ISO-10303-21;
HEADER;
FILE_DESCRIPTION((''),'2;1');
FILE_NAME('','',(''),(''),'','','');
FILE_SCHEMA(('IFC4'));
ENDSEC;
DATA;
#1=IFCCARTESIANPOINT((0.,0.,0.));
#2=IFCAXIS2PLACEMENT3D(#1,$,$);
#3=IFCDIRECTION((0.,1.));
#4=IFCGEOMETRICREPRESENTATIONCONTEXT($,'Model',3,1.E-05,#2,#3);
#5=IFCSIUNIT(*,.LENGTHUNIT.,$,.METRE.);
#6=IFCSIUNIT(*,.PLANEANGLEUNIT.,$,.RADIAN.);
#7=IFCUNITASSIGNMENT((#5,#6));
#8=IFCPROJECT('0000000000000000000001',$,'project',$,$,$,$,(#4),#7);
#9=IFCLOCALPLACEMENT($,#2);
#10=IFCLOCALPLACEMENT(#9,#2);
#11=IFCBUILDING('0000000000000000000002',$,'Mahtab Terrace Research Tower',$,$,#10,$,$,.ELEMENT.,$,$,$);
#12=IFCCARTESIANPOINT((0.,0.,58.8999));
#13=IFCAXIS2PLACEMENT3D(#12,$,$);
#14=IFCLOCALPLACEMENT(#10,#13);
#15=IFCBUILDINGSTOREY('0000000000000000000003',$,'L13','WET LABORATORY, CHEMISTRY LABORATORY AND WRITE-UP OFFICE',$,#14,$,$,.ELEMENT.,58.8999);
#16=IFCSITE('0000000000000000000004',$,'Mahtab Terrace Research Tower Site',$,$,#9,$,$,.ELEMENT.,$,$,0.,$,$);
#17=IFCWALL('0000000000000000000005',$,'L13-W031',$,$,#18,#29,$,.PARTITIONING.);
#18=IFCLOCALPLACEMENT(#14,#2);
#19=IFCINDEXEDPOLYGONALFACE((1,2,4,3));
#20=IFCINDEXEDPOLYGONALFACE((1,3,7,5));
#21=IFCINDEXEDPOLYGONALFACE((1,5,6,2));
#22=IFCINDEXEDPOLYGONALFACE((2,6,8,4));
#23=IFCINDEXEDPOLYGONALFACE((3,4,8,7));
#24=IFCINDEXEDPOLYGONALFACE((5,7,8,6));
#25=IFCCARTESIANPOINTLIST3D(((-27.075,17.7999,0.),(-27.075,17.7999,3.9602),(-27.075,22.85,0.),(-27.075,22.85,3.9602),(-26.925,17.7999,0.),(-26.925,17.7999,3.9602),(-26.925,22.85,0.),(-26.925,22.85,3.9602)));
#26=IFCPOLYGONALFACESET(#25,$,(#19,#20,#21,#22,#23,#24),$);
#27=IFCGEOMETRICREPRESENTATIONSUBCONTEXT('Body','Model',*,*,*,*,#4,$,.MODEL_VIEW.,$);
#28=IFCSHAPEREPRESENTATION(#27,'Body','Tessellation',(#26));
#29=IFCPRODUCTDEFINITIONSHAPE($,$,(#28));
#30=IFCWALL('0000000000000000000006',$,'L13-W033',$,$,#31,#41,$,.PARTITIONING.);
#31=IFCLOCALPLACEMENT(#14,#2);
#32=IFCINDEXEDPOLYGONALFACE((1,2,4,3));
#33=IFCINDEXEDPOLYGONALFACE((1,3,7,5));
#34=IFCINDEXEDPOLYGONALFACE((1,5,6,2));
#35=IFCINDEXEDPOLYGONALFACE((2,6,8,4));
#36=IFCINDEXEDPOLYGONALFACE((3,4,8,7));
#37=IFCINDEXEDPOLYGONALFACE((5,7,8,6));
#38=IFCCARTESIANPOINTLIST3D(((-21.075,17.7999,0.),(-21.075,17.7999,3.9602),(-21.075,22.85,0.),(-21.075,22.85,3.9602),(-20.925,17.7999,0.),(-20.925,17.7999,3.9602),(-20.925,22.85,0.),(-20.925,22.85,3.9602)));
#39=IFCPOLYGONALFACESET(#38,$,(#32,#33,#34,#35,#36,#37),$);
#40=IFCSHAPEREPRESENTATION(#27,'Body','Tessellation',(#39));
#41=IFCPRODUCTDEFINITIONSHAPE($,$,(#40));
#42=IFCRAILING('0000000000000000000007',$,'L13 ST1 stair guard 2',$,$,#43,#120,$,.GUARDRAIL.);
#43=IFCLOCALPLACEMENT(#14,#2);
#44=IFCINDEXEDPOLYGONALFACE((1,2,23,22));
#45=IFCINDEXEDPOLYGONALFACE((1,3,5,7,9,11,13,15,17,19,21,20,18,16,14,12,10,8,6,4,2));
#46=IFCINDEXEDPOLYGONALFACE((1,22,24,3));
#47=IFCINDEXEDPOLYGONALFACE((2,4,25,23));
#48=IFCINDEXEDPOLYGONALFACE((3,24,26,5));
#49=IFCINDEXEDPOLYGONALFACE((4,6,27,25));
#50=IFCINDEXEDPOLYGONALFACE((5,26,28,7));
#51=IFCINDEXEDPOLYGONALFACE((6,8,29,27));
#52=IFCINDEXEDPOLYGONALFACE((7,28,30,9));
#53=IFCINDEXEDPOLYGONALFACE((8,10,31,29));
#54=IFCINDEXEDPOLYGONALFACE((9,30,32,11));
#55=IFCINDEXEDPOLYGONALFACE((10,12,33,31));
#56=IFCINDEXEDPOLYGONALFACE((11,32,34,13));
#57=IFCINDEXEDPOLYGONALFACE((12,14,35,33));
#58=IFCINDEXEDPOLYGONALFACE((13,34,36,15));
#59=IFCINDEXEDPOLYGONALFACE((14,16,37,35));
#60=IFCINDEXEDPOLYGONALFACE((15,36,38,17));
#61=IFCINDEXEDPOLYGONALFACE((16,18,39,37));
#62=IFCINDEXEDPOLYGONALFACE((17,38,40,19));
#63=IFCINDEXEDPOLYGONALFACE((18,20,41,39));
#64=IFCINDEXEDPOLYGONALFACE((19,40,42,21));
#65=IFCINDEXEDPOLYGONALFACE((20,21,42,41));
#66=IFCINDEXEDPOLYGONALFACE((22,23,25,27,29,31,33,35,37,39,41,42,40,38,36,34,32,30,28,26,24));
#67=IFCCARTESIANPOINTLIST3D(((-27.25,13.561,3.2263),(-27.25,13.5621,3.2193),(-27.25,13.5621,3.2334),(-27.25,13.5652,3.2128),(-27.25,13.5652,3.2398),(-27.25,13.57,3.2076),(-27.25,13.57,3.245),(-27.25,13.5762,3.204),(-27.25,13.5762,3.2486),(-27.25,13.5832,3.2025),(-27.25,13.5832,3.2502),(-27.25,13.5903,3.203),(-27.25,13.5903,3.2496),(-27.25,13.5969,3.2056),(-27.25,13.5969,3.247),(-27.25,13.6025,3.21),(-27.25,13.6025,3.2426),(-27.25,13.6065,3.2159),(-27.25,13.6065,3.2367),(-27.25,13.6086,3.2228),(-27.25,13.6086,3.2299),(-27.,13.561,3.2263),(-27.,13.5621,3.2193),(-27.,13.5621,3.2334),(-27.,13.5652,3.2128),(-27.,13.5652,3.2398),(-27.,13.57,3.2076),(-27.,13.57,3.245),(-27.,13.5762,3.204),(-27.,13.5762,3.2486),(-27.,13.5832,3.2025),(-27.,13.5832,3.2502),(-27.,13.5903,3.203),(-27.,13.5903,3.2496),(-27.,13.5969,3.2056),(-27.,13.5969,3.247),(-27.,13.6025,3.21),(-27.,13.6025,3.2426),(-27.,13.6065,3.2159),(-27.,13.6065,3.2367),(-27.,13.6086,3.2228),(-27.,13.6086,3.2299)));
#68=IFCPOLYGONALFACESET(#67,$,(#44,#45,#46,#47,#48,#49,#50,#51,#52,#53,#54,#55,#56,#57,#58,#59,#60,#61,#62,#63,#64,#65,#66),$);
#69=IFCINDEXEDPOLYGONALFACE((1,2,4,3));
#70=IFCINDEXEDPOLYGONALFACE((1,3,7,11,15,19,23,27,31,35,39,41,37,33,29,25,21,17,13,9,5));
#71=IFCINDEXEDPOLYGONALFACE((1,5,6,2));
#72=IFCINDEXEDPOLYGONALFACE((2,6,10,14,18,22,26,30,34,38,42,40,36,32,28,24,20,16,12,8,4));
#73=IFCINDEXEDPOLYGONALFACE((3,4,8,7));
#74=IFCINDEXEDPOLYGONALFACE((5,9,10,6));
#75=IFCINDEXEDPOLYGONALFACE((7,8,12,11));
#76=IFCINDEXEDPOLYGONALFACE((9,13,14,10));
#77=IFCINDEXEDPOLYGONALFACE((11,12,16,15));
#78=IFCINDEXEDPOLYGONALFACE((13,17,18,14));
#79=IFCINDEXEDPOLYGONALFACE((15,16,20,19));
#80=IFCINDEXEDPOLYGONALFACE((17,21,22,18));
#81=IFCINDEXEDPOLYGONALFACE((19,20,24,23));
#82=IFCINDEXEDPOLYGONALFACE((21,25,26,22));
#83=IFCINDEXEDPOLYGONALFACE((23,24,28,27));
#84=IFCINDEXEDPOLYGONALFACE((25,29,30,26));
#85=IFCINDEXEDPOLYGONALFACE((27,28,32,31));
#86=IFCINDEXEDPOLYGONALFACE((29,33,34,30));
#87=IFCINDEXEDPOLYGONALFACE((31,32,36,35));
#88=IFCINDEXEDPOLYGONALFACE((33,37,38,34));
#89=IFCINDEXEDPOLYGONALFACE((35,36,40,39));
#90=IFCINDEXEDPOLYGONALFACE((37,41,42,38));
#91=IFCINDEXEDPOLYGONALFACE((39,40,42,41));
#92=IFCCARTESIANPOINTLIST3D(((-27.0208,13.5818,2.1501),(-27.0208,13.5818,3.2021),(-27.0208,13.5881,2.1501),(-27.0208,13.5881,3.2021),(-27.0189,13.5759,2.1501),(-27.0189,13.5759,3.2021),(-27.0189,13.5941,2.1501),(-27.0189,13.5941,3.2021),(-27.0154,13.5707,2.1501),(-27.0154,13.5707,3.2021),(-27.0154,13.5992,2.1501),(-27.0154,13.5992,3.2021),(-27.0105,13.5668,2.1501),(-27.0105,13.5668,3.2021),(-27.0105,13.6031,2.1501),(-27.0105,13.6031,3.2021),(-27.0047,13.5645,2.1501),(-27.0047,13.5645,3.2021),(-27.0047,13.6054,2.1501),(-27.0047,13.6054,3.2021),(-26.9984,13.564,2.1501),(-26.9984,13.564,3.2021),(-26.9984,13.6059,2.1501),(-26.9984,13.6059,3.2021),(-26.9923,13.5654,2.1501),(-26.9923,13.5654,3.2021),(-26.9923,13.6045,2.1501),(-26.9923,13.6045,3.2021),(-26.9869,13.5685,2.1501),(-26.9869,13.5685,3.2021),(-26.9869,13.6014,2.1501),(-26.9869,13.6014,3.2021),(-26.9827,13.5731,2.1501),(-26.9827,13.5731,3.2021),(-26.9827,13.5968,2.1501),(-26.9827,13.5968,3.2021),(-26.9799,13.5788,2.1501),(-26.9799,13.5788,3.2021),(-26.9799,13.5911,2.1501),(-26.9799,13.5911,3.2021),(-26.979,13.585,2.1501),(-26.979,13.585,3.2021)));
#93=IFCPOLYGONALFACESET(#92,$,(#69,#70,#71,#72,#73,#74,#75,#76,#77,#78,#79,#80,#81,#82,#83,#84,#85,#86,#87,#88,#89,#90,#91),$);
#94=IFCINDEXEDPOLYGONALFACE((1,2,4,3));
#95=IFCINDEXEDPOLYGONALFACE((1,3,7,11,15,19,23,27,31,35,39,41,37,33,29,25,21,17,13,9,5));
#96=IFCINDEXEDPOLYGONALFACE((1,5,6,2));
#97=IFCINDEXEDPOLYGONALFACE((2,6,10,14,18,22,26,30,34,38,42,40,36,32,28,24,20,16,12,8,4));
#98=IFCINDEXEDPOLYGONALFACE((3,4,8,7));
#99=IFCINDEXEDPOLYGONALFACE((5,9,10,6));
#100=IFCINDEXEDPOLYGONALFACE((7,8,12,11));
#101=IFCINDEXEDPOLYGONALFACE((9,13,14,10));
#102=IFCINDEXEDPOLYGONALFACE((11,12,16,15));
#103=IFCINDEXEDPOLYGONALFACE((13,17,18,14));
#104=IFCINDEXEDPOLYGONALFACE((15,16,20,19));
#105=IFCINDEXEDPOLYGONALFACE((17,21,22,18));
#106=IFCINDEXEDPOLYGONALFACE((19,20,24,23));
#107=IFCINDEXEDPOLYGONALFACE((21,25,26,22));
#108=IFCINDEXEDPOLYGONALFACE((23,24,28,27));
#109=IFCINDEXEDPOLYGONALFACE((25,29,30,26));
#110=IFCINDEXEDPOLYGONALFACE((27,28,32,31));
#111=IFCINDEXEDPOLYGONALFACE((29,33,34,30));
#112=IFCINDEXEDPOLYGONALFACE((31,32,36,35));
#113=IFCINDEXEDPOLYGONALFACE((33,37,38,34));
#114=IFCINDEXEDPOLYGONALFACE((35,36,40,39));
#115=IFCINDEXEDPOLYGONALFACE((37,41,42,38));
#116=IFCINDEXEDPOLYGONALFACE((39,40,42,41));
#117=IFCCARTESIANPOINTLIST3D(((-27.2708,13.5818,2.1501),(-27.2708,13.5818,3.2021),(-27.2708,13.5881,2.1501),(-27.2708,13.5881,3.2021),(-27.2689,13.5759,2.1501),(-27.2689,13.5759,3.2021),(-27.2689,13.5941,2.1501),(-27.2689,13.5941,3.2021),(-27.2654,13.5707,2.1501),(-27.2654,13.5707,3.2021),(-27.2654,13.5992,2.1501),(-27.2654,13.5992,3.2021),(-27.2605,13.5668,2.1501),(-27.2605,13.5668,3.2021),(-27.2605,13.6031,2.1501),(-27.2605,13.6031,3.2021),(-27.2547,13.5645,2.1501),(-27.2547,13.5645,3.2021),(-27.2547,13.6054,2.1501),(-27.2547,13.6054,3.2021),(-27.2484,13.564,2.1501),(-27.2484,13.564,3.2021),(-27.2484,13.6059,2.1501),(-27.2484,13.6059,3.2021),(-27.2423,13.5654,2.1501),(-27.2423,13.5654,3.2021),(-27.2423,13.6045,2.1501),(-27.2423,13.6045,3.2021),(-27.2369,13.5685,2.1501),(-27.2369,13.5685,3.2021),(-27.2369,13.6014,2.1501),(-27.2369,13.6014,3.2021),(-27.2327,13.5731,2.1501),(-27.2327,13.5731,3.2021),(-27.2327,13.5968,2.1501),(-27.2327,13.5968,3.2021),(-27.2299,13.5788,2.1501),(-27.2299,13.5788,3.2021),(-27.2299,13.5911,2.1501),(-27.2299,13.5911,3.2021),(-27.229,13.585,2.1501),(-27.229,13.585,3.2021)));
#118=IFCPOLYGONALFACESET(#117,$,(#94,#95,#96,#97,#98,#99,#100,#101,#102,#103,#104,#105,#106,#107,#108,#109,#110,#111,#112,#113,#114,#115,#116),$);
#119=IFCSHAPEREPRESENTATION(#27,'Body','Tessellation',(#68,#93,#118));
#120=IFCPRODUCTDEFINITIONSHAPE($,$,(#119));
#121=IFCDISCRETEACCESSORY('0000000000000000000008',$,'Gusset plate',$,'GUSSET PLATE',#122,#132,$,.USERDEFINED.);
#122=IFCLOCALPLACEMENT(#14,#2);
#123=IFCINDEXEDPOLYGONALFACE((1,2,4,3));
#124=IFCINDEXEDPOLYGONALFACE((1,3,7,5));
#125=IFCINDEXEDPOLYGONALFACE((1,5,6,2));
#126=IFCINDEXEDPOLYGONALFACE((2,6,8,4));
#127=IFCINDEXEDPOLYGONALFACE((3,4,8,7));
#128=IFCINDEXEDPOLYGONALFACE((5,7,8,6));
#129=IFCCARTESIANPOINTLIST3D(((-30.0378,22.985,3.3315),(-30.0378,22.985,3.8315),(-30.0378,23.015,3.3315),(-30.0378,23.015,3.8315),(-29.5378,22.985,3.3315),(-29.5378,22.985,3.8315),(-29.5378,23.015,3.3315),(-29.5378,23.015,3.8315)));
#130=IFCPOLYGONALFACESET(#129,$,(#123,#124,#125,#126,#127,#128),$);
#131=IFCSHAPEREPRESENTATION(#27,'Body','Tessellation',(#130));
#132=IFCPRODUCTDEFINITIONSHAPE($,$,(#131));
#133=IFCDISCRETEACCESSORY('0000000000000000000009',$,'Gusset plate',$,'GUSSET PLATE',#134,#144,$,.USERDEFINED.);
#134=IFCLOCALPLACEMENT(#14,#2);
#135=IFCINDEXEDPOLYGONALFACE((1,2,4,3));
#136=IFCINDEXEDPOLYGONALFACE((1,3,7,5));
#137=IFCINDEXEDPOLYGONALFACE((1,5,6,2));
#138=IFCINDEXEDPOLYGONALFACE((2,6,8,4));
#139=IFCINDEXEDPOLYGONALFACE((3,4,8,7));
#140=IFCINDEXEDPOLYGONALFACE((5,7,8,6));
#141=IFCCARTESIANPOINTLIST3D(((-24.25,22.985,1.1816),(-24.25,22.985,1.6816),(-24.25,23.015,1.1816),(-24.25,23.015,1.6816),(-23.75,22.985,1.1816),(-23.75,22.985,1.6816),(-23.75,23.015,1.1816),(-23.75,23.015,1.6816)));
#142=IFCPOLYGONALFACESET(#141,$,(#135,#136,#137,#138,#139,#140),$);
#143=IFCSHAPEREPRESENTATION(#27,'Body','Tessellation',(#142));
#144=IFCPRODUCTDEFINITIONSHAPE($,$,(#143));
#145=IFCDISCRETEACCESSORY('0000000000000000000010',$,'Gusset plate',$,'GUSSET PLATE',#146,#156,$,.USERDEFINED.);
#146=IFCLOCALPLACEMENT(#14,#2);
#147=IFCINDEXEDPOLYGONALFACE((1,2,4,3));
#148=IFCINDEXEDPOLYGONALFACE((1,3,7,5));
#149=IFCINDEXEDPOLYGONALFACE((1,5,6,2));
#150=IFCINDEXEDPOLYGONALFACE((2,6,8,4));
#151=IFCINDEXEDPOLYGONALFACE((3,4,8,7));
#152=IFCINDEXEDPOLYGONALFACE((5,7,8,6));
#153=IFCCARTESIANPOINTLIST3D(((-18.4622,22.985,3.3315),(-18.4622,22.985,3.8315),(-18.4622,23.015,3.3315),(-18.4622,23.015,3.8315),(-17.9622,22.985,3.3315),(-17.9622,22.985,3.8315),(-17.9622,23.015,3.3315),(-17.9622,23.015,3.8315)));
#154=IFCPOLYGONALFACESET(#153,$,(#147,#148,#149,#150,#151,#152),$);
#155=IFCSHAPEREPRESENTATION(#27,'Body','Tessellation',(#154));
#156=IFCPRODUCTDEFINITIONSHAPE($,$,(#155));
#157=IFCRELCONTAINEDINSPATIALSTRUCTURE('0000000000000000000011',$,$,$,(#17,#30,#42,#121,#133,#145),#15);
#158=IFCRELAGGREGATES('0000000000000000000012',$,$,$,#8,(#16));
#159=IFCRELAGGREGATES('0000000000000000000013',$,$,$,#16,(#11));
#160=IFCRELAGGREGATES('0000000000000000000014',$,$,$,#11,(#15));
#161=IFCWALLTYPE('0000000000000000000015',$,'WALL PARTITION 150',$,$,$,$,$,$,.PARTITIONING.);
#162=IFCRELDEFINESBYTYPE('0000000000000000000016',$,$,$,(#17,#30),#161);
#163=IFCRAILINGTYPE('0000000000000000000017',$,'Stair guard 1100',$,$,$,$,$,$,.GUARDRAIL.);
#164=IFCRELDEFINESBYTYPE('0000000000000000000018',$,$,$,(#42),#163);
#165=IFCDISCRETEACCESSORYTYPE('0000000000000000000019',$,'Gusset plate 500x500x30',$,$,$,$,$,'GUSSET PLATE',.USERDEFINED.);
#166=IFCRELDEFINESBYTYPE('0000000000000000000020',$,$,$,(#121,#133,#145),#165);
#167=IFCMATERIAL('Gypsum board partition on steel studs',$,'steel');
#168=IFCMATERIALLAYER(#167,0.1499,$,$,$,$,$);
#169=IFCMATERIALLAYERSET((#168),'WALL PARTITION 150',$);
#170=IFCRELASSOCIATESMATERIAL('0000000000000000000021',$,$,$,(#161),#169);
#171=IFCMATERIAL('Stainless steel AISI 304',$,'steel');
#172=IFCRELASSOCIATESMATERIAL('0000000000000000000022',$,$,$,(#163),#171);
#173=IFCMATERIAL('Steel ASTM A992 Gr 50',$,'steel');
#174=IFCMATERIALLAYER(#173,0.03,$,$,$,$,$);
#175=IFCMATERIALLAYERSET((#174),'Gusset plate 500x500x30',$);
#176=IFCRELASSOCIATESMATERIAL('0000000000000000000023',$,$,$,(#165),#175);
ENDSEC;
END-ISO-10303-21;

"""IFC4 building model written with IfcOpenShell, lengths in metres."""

from ifc_helpers import new_model, si_unit, direction, frame, frame_2d, origin, origin_2d, place, context, subcontext, project, spatial, rectangle, circle, extrude, material, layer, layer_set, type_object, element, save


model = new_model("IFC4")

# Units and contexts
model_context = context("Model", 3, precision=1e-05, world=origin(), true_north=direction((0.0, 1.0)))
body_context = subcontext(model_context, "Body", "Model", "MODEL_VIEW")
ifc_project = project(units=[si_unit("LENGTHUNIT", "METRE"), si_unit("PLANEANGLEUNIT", "RADIAN")], contexts=[model_context])

# Site, building, storey
site_placement = place(None, origin())
site = spatial("IfcSite", under=ifc_project, at=site_placement, Name="Mahtab Terrace Research Tower Site", CompositionType="ELEMENT", RefElevation=0.0)
building_placement = place(site_placement, origin())
building = spatial("IfcBuilding", under=site, at=building_placement, Name="Mahtab Terrace Research Tower", CompositionType="ELEMENT")
storey_placement = place(building_placement, frame((0.0, 0.0, 58.8999)))
storey = spatial("IfcBuildingStorey", under=building, at=storey_placement, Name="L13", Description="WET LABORATORY, CHEMISTRY LABORATORY AND WRITE-UP OFFICE", CompositionType="ELEMENT", Elevation=58.8999)

# Shared definitions
ifc_material_1 = material(Name="Steel ASTM A992 Gr 50", Category="steel")

# Shared definitions
ifc_material_2 = material(Name="Stainless steel AISI 304", Category="steel")

# Walls
ifc_material_3 = material(Name="Gypsum board partition on steel studs", Category="steel")
ifc_layer_1 = layer(ifc_material_3, 0.1499)
ifc_layer_set_1 = layer_set([ifc_layer_1], Name="WALL PARTITION 150")
wall_type_1 = type_object("IfcWallType", Name="WALL PARTITION 150", PredefinedType="PARTITIONING", material=ifc_layer_set_1)
for number, where, z_axis, x_axis, name in (
    (1, (-27.0, 17.8, 0.0), (0.0, 0.0, 1.0), (0.0, 1.0, 0.0), "L13-W031"),
    (2, (-21.0, 17.8, 0.0), (0.0, 0.0, 1.0), (0.0, 1.0, 0.0), "L13-W033"),
):
    element("IfcWall", number, at=place(storey_placement, frame(where, z_axis=z_axis, x_axis=x_axis)), inside=storey, type_object=wall_type_1, Name=name, PredefinedType="PARTITIONING", context=body_context, shape_type="SweptSolid", body=[
        extrude(rectangle(XDim=5.05, YDim=0.1499, at=frame_2d((2.5249, 0.0))), origin(), (0.0, 0.0, 1.0), 3.9602),
    ])

# Railing
railing_type = type_object("IfcRailingType", Name="Stair guard 1100", PredefinedType="GUARDRAIL", material=ifc_material_2)
railing_placement = place(storey_placement, frame((-27.0, 13.585, 2.1501)))
element("IfcRailing", 3, at=railing_placement, inside=storey, type_object=railing_type, Name="L13 ST1 stair guard 2", PredefinedType="GUARDRAIL", context=body_context, shape_type="SweptSolid", body=[
    extrude(circle(Radius=0.0239, at=origin_2d()), frame((0.0, 0.0, 1.0762), z_axis=(-1.0, 0.0, 0.0), x_axis=(0.0, -1.0, 0.0)), (0.0, 0.0, 1.0), 0.25),
    extrude(circle(Radius=0.021, at=origin_2d()), origin(), (0.0, 0.0, 1.0), 1.052),
    extrude(circle(Radius=0.021, at=origin_2d()), frame((-0.25, 0.0, 0.0)), (0.0, 0.0, 1.0), 1.052),
])

# Discrete accessories
ifc_layer_2 = layer(ifc_material_1, 0.03)
ifc_layer_set_2 = layer_set([ifc_layer_2], Name="Gusset plate 500x500x30")
discrete_accessory_type = type_object("IfcDiscreteAccessoryType", Name="Gusset plate 500x500x30", ElementType="GUSSET PLATE", PredefinedType="USERDEFINED", material=ifc_layer_set_2)
for number, where, z_axis, x_axis, name in (
    (4, (-29.7878, 23.0, 3.3315), (0.0, 0.0, 1.0), (1.0, 0.0, 0.0), "Gusset plate"),
    (5, (-24.0, 23.0, 1.1816), (0.0, 0.0, 1.0), (1.0, 0.0, 0.0), "Gusset plate"),
    (6, (-18.2122, 23.0, 3.3315), (0.0, 0.0, 1.0), (1.0, 0.0, 0.0), "Gusset plate"),
):
    element("IfcDiscreteAccessory", number, at=place(storey_placement, frame(where, z_axis=z_axis, x_axis=x_axis)), inside=storey, type_object=discrete_accessory_type, Name=name, ObjectType="GUSSET PLATE", PredefinedType="USERDEFINED", context=body_context, shape_type="SweptSolid", body=[
        extrude(rectangle(XDim=0.5, YDim=0.03, at=origin_2d()), origin(), (0.0, 0.0, 1.0), 0.5),
    ])

save(model, "model.ifc")
